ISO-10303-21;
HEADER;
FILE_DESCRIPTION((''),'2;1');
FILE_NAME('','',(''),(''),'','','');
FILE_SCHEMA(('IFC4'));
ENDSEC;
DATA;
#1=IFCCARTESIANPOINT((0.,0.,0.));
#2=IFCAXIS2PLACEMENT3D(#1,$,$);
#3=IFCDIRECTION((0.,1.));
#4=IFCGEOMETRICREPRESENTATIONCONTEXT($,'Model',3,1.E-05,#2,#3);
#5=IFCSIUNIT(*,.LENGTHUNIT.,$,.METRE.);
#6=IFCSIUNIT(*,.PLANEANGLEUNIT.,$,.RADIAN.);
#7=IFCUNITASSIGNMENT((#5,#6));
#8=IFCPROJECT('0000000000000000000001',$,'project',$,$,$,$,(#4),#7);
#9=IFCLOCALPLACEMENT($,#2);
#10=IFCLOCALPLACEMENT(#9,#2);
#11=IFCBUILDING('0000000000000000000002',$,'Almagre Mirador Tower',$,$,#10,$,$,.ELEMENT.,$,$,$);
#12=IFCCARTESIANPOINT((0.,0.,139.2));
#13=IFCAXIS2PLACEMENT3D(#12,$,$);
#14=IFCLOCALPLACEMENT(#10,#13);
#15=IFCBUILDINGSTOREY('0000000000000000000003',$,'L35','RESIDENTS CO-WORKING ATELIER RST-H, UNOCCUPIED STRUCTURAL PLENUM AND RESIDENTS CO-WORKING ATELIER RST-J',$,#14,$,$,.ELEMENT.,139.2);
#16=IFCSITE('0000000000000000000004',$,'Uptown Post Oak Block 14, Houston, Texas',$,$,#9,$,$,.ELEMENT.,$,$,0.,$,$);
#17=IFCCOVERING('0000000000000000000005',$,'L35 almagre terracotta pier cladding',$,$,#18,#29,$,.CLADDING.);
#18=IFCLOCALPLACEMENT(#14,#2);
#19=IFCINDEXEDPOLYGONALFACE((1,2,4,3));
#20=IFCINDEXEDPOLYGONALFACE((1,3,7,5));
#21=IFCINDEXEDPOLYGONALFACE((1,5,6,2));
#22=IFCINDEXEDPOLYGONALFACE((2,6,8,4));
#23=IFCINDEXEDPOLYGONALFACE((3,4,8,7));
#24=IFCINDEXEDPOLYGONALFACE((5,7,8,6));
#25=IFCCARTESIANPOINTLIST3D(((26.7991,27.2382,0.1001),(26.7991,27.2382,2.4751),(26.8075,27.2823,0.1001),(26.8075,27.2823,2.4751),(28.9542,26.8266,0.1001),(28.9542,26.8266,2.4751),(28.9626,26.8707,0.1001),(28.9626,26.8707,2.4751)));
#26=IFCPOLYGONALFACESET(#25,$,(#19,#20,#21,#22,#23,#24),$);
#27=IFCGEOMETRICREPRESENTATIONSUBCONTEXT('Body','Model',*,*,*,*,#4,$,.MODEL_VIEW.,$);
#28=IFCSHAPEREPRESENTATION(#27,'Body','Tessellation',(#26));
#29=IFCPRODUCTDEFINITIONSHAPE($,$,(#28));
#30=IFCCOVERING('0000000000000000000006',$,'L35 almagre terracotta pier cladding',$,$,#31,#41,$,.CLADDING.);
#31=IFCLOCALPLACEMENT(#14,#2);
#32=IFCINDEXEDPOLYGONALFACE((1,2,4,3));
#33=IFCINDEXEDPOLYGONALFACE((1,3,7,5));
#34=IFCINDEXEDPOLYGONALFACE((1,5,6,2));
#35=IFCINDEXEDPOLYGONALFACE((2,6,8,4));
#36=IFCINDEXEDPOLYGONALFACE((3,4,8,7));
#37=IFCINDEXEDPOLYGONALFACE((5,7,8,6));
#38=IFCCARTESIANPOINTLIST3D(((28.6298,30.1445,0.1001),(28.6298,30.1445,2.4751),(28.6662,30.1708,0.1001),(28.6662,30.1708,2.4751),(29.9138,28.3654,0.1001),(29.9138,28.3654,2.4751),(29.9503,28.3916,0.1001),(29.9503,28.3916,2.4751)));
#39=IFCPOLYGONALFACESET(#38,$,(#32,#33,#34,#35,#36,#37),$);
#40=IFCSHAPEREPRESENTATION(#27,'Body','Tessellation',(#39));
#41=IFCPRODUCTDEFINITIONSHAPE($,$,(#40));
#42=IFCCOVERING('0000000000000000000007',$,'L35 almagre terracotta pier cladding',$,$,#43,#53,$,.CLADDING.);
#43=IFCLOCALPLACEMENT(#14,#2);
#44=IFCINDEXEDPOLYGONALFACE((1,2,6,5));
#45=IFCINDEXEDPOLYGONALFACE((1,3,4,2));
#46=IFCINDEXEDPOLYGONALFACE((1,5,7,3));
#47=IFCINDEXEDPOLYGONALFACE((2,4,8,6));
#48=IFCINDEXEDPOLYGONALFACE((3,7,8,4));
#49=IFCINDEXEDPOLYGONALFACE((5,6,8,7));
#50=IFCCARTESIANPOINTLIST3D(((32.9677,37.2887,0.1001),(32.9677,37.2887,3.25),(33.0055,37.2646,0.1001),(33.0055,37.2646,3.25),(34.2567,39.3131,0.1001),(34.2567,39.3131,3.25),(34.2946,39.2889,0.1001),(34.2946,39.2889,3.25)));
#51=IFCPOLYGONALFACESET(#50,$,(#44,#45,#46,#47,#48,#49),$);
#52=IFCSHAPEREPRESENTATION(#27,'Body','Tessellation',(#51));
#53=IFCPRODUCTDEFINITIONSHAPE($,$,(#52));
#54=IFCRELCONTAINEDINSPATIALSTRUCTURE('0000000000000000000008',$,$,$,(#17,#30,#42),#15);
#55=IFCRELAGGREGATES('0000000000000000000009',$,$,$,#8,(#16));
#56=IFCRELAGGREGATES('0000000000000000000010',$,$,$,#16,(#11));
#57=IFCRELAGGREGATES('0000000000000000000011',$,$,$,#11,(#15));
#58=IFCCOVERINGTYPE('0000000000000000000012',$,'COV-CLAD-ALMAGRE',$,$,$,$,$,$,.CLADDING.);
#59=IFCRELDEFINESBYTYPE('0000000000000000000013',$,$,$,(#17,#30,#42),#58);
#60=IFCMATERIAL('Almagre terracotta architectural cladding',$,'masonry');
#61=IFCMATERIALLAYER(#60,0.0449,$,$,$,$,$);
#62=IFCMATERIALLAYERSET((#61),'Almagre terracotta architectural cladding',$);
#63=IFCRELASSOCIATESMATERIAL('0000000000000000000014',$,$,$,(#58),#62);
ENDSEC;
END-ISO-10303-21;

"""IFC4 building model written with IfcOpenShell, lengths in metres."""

from ifc_helpers import new_model, si_unit, direction, frame, origin, origin_2d, place, context, subcontext, project, spatial, rectangle, extrude, material, layer, layer_set, type_object, element, save


model = new_model("IFC4")

# Units and contexts
model_context = context("Model", 3, precision=1e-05, world=origin(), true_north=direction((0.0, 1.0)))
body_context = subcontext(model_context, "Body", "Model", "MODEL_VIEW")
ifc_project = project(units=[si_unit("LENGTHUNIT", "METRE"), si_unit("PLANEANGLEUNIT", "RADIAN")], contexts=[model_context])

# Site, building, storey
site_placement = place(None, origin())
site = spatial("IfcSite", under=ifc_project, at=site_placement, Name="Uptown Post Oak Block 14, Houston, Texas", CompositionType="ELEMENT", RefElevation=0.0)
building_placement = place(site_placement, origin())
building = spatial("IfcBuilding", under=site, at=building_placement, Name="Almagre Mirador Tower", CompositionType="ELEMENT")
storey_placement = place(building_placement, frame((0.0, 0.0, 139.2)))
storey = spatial("IfcBuildingStorey", under=building, at=storey_placement, Name="L35", Description="RESIDENTS CO-WORKING ATELIER RST-H, UNOCCUPIED STRUCTURAL PLENUM AND RESIDENTS CO-WORKING ATELIER RST-J", CompositionType="ELEMENT", Elevation=139.2)

# Coverings
ifc_material_1 = material(Name="Almagre terracotta architectural cladding", Category="masonry")
ifc_layer_1 = layer(ifc_material_1, 0.0449)
ifc_layer_set_1 = layer_set([ifc_layer_1], Name="Almagre terracotta architectural cladding")
covering_type = type_object("IfcCoveringType", Name="COV-CLAD-ALMAGRE", PredefinedType="CLADDING", material=ifc_layer_set_1)
for number, where, z_axis, x_axis, name in (
    (1, (27.8809, 27.0544, 0.1001), (0.0, 0.0, 1.0), (0.982248, -0.187587, 0.0), "L35 almagre terracotta pier cladding"),
    (2, (29.29, 29.2681, 0.1001), (0.0, 0.0, 1.0), (-0.585227, 0.81087, 0.0), "L35 almagre terracotta pier cladding"),
):
    element("IfcCovering", number, at=place(storey_placement, frame(where, z_axis=z_axis, x_axis=x_axis)), inside=storey, type_object=covering_type, Name=name, PredefinedType="CLADDING", context=body_context, shape_type="SweptSolid", body=[
        extrude(rectangle(XDim=2.1941, YDim=0.0449, at=origin_2d()), origin(), (0.0, 0.0, 1.0), 2.375),
    ])
covering_placement = place(storey_placement, frame((33.6311, 38.2888, 0.1001), z_axis=(0.0, 0.0, 1.0), x_axis=(0.537108, 0.843513, 0.0)))
element("IfcCovering", 3, at=covering_placement, inside=storey, type_object=covering_type, Name="L35 almagre terracotta pier cladding", PredefinedType="CLADDING", context=body_context, shape_type="SweptSolid", body=[
    extrude(rectangle(XDim=2.3999, YDim=0.0449, at=origin_2d()), origin(), (0.0, 0.0, 1.0), 3.1499),
])

save(model, "model.ifc")
